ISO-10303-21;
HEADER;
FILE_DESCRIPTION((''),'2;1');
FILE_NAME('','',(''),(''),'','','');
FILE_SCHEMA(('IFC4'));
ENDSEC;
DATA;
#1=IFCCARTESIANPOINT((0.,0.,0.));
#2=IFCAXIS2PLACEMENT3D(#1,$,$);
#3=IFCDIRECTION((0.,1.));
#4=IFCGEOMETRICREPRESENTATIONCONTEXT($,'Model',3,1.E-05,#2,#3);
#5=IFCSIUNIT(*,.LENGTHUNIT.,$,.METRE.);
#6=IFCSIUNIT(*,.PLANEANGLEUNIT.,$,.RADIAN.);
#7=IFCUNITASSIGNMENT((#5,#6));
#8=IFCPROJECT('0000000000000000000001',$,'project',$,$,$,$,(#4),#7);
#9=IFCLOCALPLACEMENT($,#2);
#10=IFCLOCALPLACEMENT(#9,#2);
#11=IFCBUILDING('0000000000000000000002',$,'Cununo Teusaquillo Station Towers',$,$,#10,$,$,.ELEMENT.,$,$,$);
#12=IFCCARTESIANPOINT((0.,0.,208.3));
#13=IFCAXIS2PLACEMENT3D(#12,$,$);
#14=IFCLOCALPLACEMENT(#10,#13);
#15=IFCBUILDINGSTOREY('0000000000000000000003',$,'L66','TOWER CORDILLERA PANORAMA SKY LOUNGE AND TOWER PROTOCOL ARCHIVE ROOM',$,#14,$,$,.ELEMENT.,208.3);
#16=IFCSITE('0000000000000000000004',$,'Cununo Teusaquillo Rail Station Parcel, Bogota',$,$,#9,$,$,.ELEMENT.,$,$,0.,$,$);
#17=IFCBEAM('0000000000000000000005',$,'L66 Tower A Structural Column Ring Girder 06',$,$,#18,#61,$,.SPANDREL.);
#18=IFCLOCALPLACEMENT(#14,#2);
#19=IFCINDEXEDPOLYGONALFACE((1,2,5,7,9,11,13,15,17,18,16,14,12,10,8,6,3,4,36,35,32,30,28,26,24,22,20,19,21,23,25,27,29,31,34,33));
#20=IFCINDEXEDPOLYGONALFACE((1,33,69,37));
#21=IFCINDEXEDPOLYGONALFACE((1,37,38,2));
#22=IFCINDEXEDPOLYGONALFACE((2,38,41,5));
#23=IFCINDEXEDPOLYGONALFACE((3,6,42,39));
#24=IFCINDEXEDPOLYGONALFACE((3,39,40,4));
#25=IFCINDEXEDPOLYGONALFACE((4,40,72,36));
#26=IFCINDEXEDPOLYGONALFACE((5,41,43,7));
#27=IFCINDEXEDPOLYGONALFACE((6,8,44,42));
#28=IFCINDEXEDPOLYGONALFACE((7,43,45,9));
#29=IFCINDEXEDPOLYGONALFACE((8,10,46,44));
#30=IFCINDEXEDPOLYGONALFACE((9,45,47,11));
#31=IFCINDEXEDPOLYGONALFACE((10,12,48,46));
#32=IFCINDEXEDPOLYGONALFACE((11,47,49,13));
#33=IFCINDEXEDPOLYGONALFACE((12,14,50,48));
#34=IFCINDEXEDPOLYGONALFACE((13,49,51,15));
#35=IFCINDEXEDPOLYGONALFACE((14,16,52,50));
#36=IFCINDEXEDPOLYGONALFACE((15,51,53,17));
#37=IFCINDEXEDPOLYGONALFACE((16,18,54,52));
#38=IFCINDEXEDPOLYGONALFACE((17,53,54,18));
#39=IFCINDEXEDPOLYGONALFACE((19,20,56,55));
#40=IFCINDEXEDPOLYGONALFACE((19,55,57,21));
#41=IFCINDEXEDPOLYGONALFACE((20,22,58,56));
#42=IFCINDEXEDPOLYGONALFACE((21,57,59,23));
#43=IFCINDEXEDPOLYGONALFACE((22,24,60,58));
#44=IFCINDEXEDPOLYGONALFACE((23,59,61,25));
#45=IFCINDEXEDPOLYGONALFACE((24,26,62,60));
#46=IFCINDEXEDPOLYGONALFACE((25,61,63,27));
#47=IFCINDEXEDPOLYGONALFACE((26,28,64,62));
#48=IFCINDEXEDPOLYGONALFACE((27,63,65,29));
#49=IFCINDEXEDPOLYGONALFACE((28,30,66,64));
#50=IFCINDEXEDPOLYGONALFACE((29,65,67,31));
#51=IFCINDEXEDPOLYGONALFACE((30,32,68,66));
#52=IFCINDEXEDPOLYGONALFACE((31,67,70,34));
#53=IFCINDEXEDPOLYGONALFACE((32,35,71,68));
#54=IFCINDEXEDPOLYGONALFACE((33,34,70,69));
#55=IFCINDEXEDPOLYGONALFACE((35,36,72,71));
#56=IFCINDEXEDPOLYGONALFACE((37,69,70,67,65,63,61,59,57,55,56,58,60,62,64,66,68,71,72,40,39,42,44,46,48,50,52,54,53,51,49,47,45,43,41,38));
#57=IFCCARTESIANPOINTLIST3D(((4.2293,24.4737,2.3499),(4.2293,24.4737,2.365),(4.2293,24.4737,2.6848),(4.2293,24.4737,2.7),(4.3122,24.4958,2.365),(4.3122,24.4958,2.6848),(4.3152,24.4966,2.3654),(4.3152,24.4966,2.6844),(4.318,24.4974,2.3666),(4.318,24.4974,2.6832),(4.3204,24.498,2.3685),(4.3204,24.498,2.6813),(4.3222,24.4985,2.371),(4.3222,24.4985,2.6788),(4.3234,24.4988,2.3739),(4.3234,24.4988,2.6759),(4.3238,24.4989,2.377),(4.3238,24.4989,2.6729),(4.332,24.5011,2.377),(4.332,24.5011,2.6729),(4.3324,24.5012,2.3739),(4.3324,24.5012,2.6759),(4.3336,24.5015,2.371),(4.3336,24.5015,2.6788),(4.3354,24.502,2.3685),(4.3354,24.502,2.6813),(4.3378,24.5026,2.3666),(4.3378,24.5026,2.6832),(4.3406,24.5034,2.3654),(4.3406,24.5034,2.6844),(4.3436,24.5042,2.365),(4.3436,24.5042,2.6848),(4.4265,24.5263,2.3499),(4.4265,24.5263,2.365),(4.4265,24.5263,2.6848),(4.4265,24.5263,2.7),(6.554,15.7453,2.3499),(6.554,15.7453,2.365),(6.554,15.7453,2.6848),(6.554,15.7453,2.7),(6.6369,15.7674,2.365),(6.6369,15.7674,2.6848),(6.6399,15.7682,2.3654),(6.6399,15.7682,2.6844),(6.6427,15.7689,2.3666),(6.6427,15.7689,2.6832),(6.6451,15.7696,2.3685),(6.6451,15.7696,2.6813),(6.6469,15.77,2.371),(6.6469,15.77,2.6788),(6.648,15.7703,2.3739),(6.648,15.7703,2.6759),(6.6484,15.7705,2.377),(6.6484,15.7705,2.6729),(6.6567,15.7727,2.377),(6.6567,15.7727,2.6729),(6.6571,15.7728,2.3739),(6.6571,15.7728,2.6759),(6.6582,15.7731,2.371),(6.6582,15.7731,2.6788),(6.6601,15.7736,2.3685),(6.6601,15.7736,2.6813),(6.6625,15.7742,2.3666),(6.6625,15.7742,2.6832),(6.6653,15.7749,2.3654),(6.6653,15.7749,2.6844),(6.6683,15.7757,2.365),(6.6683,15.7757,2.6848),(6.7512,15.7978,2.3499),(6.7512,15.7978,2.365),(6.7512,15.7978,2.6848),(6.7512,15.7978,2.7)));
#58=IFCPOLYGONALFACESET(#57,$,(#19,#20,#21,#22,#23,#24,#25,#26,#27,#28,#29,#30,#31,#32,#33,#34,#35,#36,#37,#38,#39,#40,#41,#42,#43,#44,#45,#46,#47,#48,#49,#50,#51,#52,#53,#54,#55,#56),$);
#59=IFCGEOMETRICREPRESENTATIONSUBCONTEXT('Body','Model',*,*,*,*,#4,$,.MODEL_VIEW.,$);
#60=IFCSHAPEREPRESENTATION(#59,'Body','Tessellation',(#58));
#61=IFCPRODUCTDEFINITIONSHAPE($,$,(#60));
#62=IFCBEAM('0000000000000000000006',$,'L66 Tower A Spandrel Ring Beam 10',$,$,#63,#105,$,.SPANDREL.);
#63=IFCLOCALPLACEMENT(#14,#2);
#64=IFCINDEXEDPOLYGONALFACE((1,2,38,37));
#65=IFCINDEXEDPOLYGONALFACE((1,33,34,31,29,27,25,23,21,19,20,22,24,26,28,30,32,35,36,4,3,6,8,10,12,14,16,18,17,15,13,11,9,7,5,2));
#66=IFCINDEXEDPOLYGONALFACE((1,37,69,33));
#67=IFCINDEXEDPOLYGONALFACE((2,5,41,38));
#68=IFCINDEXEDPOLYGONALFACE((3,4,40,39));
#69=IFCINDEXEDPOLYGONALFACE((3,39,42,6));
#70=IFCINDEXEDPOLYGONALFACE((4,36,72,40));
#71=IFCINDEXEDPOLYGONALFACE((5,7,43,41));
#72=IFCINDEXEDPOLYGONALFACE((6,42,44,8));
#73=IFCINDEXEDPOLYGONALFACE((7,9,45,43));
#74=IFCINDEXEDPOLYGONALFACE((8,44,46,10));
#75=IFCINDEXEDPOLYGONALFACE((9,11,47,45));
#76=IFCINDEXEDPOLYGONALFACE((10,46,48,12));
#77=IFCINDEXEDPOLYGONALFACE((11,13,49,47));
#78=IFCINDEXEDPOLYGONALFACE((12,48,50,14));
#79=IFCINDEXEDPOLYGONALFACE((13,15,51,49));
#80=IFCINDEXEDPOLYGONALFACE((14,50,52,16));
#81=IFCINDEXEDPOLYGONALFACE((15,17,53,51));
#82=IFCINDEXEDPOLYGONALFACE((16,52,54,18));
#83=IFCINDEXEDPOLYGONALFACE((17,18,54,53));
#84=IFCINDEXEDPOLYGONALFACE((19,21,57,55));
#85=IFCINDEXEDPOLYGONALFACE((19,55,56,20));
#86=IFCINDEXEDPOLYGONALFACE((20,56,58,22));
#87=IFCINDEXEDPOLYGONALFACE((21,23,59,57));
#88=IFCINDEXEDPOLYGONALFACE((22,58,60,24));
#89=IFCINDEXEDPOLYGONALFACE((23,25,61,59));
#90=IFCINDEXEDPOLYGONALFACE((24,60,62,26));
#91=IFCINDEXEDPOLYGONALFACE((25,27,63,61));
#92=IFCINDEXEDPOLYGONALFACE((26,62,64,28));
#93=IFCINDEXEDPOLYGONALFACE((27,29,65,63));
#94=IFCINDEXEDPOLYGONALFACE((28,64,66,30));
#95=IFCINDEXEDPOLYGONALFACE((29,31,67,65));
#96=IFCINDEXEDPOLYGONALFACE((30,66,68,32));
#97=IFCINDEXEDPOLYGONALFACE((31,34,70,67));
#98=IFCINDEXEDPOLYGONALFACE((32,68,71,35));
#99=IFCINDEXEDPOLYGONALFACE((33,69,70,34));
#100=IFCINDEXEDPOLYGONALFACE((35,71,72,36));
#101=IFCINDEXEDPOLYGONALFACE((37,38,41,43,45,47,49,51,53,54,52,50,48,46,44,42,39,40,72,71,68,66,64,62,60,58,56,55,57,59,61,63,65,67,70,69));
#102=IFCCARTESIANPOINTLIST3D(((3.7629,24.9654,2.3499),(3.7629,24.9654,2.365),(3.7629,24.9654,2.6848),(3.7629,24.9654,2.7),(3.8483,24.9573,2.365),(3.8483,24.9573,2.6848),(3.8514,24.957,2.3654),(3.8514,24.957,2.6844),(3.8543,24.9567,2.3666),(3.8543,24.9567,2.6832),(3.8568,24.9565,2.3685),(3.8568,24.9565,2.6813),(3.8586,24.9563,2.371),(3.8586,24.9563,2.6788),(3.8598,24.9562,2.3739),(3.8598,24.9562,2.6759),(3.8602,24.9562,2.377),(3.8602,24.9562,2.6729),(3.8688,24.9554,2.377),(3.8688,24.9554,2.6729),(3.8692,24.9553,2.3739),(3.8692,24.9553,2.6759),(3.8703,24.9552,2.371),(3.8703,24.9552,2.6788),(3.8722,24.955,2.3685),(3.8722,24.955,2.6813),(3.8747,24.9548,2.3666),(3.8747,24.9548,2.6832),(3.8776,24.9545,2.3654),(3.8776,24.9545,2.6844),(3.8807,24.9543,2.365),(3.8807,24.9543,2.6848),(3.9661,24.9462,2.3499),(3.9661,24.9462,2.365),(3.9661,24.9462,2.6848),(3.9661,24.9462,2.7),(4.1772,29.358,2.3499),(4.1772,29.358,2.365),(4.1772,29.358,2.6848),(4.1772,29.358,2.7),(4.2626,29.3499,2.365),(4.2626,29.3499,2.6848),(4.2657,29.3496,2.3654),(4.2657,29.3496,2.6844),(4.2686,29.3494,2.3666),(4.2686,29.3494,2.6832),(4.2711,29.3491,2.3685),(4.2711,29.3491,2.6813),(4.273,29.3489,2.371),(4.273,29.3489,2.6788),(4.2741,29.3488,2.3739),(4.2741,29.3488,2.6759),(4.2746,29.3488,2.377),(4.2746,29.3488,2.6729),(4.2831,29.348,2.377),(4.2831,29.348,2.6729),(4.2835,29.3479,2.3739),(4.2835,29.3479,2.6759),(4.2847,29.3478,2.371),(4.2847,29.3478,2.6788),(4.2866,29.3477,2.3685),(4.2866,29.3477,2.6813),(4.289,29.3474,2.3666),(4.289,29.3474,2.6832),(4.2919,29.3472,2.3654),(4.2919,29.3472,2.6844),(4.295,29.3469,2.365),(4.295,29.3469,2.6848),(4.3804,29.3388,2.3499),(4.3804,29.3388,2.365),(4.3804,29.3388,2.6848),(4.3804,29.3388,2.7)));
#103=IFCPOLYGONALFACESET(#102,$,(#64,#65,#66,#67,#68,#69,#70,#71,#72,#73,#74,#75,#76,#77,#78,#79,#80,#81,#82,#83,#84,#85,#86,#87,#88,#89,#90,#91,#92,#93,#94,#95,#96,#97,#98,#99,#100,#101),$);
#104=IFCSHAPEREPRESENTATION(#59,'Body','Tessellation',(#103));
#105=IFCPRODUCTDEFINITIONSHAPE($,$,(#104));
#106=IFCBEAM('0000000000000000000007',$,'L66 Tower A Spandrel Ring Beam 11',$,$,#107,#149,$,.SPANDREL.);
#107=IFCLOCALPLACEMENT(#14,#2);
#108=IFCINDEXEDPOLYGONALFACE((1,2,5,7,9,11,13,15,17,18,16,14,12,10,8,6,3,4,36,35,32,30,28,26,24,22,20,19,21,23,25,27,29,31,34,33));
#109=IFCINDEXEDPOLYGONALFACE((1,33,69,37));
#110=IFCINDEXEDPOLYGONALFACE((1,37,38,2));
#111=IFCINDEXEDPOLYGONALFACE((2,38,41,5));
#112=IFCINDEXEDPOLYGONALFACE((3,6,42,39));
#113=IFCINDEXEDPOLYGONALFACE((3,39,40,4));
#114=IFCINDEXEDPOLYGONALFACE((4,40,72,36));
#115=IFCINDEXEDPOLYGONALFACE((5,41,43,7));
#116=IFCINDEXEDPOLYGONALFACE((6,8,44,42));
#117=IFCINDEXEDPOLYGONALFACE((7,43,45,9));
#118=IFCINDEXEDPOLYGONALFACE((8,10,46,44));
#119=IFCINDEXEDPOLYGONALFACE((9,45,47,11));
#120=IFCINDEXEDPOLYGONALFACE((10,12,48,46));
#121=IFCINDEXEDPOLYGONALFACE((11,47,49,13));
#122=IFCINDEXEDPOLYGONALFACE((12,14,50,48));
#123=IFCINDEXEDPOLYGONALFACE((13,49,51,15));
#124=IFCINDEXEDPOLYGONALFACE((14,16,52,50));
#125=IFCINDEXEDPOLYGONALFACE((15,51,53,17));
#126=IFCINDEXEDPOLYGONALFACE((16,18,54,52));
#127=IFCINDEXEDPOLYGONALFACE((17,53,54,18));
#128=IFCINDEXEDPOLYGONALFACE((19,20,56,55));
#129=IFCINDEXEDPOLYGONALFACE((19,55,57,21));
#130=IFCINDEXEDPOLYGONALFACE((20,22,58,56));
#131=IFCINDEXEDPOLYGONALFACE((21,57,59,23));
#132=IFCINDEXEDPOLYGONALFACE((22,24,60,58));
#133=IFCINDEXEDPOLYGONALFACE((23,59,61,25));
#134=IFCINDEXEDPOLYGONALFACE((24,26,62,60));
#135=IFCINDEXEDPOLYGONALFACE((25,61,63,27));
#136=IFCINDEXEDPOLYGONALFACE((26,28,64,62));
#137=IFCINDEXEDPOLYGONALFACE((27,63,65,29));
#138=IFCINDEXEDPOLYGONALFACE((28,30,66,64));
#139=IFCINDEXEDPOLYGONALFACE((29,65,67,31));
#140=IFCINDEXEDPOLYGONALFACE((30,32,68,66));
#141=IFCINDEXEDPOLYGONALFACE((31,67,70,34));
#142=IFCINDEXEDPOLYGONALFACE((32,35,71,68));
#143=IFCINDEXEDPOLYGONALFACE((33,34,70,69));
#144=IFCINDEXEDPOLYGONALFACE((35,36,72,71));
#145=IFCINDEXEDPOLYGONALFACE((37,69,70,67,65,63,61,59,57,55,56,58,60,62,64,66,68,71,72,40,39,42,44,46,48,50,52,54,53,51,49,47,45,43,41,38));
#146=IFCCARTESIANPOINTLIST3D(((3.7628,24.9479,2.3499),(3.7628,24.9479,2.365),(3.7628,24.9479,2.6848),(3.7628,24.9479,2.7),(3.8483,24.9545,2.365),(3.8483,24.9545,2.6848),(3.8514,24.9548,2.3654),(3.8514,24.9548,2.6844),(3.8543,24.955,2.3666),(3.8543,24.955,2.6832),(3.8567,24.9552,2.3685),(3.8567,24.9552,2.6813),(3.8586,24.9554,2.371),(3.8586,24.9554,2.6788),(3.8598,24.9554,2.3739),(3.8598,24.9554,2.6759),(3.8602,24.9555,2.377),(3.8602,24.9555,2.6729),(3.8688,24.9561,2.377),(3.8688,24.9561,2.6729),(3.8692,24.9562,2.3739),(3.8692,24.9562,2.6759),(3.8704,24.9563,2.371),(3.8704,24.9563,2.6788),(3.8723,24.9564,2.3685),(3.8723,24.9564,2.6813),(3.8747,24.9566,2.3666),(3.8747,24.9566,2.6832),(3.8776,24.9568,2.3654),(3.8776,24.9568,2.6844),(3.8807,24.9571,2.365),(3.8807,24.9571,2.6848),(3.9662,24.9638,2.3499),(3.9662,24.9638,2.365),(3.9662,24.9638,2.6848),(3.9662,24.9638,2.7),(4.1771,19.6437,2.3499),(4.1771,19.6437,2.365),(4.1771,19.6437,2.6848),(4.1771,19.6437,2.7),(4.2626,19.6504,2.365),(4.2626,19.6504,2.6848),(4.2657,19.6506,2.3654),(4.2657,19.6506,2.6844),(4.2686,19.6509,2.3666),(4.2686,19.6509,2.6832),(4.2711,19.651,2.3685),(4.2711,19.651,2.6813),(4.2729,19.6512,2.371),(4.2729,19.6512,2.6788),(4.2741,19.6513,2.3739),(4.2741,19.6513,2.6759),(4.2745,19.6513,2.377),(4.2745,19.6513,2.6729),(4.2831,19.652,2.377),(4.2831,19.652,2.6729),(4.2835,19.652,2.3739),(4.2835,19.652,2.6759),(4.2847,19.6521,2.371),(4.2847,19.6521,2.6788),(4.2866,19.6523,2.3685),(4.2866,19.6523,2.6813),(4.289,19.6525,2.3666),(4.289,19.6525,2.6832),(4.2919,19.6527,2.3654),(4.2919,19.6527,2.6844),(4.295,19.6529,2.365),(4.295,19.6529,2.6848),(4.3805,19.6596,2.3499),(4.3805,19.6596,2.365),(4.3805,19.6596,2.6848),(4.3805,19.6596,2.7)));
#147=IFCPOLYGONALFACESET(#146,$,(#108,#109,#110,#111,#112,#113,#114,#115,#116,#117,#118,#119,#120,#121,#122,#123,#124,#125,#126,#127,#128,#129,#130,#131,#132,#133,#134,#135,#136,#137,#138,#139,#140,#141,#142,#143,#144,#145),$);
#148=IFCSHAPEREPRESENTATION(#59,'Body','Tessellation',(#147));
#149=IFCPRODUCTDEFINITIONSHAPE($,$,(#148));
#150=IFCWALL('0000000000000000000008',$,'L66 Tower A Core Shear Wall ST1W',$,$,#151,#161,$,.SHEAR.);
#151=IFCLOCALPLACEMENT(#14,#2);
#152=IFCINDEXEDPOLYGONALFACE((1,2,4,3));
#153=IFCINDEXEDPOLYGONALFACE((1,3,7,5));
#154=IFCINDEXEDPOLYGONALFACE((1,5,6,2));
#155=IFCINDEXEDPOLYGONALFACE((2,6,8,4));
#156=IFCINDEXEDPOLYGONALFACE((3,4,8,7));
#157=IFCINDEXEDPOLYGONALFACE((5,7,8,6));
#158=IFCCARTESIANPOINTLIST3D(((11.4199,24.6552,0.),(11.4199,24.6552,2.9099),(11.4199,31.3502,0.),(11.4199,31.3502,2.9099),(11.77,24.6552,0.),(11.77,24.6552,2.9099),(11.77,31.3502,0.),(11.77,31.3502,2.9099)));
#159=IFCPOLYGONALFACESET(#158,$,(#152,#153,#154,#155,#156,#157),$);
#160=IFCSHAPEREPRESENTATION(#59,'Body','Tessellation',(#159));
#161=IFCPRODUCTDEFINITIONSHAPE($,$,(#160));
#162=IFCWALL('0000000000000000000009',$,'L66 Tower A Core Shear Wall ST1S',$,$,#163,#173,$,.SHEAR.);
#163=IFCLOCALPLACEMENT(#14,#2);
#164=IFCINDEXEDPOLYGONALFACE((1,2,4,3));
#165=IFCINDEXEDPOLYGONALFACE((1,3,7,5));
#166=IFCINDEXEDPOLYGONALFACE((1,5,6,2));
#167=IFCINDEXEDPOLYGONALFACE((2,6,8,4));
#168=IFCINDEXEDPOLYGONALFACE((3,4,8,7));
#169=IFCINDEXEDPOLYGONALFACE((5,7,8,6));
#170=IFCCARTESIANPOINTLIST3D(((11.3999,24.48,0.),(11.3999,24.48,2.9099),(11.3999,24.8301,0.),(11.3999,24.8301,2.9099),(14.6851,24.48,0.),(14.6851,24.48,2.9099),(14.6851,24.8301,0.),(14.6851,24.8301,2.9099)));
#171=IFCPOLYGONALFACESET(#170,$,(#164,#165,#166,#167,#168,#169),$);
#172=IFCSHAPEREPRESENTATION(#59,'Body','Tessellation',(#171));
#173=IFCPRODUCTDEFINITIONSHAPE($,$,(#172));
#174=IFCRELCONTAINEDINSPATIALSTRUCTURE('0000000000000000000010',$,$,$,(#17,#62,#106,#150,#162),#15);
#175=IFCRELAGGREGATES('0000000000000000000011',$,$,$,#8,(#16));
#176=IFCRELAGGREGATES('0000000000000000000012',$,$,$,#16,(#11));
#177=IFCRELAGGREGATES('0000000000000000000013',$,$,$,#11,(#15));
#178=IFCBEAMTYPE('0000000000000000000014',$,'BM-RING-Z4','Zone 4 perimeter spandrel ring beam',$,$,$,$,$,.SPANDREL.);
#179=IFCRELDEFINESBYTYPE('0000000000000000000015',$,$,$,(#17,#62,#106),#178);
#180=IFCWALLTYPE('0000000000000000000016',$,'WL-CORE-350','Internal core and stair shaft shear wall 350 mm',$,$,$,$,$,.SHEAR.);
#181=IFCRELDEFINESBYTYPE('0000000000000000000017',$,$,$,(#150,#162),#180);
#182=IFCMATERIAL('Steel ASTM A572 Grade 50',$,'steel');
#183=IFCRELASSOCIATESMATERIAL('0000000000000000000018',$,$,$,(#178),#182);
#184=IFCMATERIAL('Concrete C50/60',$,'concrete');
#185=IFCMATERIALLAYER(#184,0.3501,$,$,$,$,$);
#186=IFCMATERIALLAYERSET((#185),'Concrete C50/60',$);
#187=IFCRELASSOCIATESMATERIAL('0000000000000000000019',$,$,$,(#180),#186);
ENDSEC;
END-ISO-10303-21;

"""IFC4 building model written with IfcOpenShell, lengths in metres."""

from ifc_helpers import new_model, si_unit, direction, frame, frame_2d, origin, origin_2d, place, context, subcontext, project, spatial, rectangle, i_section, extrude, material, layer, layer_set, material_profile, profile_set, type_object, element, save


model = new_model("IFC4")

# Units and contexts
model_context = context("Model", 3, precision=1e-05, world=origin(), true_north=direction((0.0, 1.0)))
body_context = subcontext(model_context, "Body", "Model", "MODEL_VIEW")
ifc_project = project(units=[si_unit("LENGTHUNIT", "METRE"), si_unit("PLANEANGLEUNIT", "RADIAN")], contexts=[model_context])

# Site, building, storey
site_placement = place(None, origin())
site = spatial("IfcSite", under=ifc_project, at=site_placement, Name="Cununo Teusaquillo Rail Station Parcel, Bogota", CompositionType="ELEMENT", RefElevation=0.0)
building_placement = place(site_placement, origin())
building = spatial("IfcBuilding", under=site, at=building_placement, Name="Cununo Teusaquillo Station Towers", CompositionType="ELEMENT")
storey_placement = place(building_placement, frame((0.0, 0.0, 208.3)))
storey = spatial("IfcBuildingStorey", under=building, at=storey_placement, Name="L66", Description="TOWER CORDILLERA PANORAMA SKY LOUNGE AND TOWER PROTOCOL ARCHIVE ROOM", CompositionType="ELEMENT", Elevation=208.3)

# Beams
ifc_material_1 = material(Name="Steel ASTM A572 Grade 50", Category="steel")
ifc_material_profile_1 = material_profile(ifc_material_1, i_section(OverallWidth=0.2041, OverallDepth=0.3501, WebThickness=0.0085, FlangeThickness=0.0151, FilletRadius=0.012, at=origin_2d()), Name="W14X48")
ifc_profile_set_1 = profile_set([ifc_material_profile_1], Name="Steel ASTM A572 Grade 50")
beam_type_1 = type_object("IfcBeamType", Name="BM-RING-Z4", Description="Zone 4 perimeter spandrel ring beam", PredefinedType="SPANDREL", material=ifc_profile_set_1)
beam_1_placement = place(storey_placement, frame((4.3279, 24.5, 2.5249), z_axis=(0.257363, -0.966315, 0.0), x_axis=(0.966315, 0.257363, 0.0)))
element("IfcBeam", 1, at=beam_1_placement, inside=storey, type_object=beam_type_1, Name="L66 Tower A Structural Column Ring Girder 06", PredefinedType="SPANDREL", context=body_context, shape_type="SweptSolid", body=[
    extrude(i_section(OverallWidth=0.2041, OverallDepth=0.3501, WebThickness=0.0085, FlangeThickness=0.0151, FilletRadius=0.012, at=origin_2d()), origin(), (0.0, 0.0, 1.0), 9.0327),
])
beam_2_placement = place(storey_placement, frame((4.2788, 29.3484, 2.5249), z_axis=(-0.093903, -0.995581, 0.0), x_axis=(0.995581, -0.093903, 0.0)))
element("IfcBeam", 2, at=beam_2_placement, inside=storey, type_object=beam_type_1, Name="L66 Tower A Spandrel Ring Beam 10", PredefinedType="SPANDREL", context=body_context, shape_type="SweptSolid", body=[
    extrude(i_section(OverallWidth=0.2041, OverallDepth=0.3501, WebThickness=0.0085, FlangeThickness=0.0151, FilletRadius=0.012, at=origin_2d()), origin(), (0.0, 0.0, 1.0), 4.4121),
])
beam_3_placement = place(storey_placement, frame((3.8645, 24.9558, 2.5249), z_axis=(0.077872, -0.996963, 0.0), x_axis=(0.996963, 0.077872, 0.0)))
element("IfcBeam", 3, at=beam_3_placement, inside=storey, type_object=beam_type_1, Name="L66 Tower A Spandrel Ring Beam 11", PredefinedType="SPANDREL", context=body_context, shape_type="SweptSolid", body=[
    extrude(i_section(OverallWidth=0.2041, OverallDepth=0.3501, WebThickness=0.0085, FlangeThickness=0.0151, FilletRadius=0.012, at=origin_2d()), origin(), (0.0, 0.0, 1.0), 5.3203),
])

# Walls
ifc_material_2 = material(Name="Concrete C50/60", Category="concrete")
ifc_layer_1 = layer(ifc_material_2, 0.3501)
ifc_layer_set_1 = layer_set([ifc_layer_1], Name="Concrete C50/60")
wall_type_1 = type_object("IfcWallType", Name="WL-CORE-350", Description="Internal core and stair shaft shear wall 350 mm", PredefinedType="SHEAR", material=ifc_layer_set_1)
wall_1_placement = place(storey_placement, frame((11.595, 24.655, 0.0), z_axis=(0.0, 0.0, 1.0), x_axis=(0.0, 1.0, 0.0)))
element("IfcWall", 4, at=wall_1_placement, inside=storey, type_object=wall_type_1, Name="L66 Tower A Core Shear Wall ST1W", PredefinedType="SHEAR", context=body_context, shape_type="SweptSolid", body=[
    extrude(rectangle(XDim=6.6951, YDim=0.3501, at=frame_2d((3.3477, 0.0))), origin(), (0.0, 0.0, 1.0), 2.9099),
])
wall_2_placement = place(storey_placement, frame((11.3999, 24.655, 0.0), z_axis=(0.0, 0.0, 1.0), x_axis=(1.0, 0.0, 0.0)))
element("IfcWall", 5, at=wall_2_placement, inside=storey, type_object=wall_type_1, Name="L66 Tower A Core Shear Wall ST1S", PredefinedType="SHEAR", context=body_context, shape_type="SweptSolid", body=[
    extrude(rectangle(XDim=3.2852, YDim=0.3501, at=frame_2d((1.6426, 0.0))), origin(), (0.0, 0.0, 1.0), 2.9099),
])

save(model, "model.ifc")
